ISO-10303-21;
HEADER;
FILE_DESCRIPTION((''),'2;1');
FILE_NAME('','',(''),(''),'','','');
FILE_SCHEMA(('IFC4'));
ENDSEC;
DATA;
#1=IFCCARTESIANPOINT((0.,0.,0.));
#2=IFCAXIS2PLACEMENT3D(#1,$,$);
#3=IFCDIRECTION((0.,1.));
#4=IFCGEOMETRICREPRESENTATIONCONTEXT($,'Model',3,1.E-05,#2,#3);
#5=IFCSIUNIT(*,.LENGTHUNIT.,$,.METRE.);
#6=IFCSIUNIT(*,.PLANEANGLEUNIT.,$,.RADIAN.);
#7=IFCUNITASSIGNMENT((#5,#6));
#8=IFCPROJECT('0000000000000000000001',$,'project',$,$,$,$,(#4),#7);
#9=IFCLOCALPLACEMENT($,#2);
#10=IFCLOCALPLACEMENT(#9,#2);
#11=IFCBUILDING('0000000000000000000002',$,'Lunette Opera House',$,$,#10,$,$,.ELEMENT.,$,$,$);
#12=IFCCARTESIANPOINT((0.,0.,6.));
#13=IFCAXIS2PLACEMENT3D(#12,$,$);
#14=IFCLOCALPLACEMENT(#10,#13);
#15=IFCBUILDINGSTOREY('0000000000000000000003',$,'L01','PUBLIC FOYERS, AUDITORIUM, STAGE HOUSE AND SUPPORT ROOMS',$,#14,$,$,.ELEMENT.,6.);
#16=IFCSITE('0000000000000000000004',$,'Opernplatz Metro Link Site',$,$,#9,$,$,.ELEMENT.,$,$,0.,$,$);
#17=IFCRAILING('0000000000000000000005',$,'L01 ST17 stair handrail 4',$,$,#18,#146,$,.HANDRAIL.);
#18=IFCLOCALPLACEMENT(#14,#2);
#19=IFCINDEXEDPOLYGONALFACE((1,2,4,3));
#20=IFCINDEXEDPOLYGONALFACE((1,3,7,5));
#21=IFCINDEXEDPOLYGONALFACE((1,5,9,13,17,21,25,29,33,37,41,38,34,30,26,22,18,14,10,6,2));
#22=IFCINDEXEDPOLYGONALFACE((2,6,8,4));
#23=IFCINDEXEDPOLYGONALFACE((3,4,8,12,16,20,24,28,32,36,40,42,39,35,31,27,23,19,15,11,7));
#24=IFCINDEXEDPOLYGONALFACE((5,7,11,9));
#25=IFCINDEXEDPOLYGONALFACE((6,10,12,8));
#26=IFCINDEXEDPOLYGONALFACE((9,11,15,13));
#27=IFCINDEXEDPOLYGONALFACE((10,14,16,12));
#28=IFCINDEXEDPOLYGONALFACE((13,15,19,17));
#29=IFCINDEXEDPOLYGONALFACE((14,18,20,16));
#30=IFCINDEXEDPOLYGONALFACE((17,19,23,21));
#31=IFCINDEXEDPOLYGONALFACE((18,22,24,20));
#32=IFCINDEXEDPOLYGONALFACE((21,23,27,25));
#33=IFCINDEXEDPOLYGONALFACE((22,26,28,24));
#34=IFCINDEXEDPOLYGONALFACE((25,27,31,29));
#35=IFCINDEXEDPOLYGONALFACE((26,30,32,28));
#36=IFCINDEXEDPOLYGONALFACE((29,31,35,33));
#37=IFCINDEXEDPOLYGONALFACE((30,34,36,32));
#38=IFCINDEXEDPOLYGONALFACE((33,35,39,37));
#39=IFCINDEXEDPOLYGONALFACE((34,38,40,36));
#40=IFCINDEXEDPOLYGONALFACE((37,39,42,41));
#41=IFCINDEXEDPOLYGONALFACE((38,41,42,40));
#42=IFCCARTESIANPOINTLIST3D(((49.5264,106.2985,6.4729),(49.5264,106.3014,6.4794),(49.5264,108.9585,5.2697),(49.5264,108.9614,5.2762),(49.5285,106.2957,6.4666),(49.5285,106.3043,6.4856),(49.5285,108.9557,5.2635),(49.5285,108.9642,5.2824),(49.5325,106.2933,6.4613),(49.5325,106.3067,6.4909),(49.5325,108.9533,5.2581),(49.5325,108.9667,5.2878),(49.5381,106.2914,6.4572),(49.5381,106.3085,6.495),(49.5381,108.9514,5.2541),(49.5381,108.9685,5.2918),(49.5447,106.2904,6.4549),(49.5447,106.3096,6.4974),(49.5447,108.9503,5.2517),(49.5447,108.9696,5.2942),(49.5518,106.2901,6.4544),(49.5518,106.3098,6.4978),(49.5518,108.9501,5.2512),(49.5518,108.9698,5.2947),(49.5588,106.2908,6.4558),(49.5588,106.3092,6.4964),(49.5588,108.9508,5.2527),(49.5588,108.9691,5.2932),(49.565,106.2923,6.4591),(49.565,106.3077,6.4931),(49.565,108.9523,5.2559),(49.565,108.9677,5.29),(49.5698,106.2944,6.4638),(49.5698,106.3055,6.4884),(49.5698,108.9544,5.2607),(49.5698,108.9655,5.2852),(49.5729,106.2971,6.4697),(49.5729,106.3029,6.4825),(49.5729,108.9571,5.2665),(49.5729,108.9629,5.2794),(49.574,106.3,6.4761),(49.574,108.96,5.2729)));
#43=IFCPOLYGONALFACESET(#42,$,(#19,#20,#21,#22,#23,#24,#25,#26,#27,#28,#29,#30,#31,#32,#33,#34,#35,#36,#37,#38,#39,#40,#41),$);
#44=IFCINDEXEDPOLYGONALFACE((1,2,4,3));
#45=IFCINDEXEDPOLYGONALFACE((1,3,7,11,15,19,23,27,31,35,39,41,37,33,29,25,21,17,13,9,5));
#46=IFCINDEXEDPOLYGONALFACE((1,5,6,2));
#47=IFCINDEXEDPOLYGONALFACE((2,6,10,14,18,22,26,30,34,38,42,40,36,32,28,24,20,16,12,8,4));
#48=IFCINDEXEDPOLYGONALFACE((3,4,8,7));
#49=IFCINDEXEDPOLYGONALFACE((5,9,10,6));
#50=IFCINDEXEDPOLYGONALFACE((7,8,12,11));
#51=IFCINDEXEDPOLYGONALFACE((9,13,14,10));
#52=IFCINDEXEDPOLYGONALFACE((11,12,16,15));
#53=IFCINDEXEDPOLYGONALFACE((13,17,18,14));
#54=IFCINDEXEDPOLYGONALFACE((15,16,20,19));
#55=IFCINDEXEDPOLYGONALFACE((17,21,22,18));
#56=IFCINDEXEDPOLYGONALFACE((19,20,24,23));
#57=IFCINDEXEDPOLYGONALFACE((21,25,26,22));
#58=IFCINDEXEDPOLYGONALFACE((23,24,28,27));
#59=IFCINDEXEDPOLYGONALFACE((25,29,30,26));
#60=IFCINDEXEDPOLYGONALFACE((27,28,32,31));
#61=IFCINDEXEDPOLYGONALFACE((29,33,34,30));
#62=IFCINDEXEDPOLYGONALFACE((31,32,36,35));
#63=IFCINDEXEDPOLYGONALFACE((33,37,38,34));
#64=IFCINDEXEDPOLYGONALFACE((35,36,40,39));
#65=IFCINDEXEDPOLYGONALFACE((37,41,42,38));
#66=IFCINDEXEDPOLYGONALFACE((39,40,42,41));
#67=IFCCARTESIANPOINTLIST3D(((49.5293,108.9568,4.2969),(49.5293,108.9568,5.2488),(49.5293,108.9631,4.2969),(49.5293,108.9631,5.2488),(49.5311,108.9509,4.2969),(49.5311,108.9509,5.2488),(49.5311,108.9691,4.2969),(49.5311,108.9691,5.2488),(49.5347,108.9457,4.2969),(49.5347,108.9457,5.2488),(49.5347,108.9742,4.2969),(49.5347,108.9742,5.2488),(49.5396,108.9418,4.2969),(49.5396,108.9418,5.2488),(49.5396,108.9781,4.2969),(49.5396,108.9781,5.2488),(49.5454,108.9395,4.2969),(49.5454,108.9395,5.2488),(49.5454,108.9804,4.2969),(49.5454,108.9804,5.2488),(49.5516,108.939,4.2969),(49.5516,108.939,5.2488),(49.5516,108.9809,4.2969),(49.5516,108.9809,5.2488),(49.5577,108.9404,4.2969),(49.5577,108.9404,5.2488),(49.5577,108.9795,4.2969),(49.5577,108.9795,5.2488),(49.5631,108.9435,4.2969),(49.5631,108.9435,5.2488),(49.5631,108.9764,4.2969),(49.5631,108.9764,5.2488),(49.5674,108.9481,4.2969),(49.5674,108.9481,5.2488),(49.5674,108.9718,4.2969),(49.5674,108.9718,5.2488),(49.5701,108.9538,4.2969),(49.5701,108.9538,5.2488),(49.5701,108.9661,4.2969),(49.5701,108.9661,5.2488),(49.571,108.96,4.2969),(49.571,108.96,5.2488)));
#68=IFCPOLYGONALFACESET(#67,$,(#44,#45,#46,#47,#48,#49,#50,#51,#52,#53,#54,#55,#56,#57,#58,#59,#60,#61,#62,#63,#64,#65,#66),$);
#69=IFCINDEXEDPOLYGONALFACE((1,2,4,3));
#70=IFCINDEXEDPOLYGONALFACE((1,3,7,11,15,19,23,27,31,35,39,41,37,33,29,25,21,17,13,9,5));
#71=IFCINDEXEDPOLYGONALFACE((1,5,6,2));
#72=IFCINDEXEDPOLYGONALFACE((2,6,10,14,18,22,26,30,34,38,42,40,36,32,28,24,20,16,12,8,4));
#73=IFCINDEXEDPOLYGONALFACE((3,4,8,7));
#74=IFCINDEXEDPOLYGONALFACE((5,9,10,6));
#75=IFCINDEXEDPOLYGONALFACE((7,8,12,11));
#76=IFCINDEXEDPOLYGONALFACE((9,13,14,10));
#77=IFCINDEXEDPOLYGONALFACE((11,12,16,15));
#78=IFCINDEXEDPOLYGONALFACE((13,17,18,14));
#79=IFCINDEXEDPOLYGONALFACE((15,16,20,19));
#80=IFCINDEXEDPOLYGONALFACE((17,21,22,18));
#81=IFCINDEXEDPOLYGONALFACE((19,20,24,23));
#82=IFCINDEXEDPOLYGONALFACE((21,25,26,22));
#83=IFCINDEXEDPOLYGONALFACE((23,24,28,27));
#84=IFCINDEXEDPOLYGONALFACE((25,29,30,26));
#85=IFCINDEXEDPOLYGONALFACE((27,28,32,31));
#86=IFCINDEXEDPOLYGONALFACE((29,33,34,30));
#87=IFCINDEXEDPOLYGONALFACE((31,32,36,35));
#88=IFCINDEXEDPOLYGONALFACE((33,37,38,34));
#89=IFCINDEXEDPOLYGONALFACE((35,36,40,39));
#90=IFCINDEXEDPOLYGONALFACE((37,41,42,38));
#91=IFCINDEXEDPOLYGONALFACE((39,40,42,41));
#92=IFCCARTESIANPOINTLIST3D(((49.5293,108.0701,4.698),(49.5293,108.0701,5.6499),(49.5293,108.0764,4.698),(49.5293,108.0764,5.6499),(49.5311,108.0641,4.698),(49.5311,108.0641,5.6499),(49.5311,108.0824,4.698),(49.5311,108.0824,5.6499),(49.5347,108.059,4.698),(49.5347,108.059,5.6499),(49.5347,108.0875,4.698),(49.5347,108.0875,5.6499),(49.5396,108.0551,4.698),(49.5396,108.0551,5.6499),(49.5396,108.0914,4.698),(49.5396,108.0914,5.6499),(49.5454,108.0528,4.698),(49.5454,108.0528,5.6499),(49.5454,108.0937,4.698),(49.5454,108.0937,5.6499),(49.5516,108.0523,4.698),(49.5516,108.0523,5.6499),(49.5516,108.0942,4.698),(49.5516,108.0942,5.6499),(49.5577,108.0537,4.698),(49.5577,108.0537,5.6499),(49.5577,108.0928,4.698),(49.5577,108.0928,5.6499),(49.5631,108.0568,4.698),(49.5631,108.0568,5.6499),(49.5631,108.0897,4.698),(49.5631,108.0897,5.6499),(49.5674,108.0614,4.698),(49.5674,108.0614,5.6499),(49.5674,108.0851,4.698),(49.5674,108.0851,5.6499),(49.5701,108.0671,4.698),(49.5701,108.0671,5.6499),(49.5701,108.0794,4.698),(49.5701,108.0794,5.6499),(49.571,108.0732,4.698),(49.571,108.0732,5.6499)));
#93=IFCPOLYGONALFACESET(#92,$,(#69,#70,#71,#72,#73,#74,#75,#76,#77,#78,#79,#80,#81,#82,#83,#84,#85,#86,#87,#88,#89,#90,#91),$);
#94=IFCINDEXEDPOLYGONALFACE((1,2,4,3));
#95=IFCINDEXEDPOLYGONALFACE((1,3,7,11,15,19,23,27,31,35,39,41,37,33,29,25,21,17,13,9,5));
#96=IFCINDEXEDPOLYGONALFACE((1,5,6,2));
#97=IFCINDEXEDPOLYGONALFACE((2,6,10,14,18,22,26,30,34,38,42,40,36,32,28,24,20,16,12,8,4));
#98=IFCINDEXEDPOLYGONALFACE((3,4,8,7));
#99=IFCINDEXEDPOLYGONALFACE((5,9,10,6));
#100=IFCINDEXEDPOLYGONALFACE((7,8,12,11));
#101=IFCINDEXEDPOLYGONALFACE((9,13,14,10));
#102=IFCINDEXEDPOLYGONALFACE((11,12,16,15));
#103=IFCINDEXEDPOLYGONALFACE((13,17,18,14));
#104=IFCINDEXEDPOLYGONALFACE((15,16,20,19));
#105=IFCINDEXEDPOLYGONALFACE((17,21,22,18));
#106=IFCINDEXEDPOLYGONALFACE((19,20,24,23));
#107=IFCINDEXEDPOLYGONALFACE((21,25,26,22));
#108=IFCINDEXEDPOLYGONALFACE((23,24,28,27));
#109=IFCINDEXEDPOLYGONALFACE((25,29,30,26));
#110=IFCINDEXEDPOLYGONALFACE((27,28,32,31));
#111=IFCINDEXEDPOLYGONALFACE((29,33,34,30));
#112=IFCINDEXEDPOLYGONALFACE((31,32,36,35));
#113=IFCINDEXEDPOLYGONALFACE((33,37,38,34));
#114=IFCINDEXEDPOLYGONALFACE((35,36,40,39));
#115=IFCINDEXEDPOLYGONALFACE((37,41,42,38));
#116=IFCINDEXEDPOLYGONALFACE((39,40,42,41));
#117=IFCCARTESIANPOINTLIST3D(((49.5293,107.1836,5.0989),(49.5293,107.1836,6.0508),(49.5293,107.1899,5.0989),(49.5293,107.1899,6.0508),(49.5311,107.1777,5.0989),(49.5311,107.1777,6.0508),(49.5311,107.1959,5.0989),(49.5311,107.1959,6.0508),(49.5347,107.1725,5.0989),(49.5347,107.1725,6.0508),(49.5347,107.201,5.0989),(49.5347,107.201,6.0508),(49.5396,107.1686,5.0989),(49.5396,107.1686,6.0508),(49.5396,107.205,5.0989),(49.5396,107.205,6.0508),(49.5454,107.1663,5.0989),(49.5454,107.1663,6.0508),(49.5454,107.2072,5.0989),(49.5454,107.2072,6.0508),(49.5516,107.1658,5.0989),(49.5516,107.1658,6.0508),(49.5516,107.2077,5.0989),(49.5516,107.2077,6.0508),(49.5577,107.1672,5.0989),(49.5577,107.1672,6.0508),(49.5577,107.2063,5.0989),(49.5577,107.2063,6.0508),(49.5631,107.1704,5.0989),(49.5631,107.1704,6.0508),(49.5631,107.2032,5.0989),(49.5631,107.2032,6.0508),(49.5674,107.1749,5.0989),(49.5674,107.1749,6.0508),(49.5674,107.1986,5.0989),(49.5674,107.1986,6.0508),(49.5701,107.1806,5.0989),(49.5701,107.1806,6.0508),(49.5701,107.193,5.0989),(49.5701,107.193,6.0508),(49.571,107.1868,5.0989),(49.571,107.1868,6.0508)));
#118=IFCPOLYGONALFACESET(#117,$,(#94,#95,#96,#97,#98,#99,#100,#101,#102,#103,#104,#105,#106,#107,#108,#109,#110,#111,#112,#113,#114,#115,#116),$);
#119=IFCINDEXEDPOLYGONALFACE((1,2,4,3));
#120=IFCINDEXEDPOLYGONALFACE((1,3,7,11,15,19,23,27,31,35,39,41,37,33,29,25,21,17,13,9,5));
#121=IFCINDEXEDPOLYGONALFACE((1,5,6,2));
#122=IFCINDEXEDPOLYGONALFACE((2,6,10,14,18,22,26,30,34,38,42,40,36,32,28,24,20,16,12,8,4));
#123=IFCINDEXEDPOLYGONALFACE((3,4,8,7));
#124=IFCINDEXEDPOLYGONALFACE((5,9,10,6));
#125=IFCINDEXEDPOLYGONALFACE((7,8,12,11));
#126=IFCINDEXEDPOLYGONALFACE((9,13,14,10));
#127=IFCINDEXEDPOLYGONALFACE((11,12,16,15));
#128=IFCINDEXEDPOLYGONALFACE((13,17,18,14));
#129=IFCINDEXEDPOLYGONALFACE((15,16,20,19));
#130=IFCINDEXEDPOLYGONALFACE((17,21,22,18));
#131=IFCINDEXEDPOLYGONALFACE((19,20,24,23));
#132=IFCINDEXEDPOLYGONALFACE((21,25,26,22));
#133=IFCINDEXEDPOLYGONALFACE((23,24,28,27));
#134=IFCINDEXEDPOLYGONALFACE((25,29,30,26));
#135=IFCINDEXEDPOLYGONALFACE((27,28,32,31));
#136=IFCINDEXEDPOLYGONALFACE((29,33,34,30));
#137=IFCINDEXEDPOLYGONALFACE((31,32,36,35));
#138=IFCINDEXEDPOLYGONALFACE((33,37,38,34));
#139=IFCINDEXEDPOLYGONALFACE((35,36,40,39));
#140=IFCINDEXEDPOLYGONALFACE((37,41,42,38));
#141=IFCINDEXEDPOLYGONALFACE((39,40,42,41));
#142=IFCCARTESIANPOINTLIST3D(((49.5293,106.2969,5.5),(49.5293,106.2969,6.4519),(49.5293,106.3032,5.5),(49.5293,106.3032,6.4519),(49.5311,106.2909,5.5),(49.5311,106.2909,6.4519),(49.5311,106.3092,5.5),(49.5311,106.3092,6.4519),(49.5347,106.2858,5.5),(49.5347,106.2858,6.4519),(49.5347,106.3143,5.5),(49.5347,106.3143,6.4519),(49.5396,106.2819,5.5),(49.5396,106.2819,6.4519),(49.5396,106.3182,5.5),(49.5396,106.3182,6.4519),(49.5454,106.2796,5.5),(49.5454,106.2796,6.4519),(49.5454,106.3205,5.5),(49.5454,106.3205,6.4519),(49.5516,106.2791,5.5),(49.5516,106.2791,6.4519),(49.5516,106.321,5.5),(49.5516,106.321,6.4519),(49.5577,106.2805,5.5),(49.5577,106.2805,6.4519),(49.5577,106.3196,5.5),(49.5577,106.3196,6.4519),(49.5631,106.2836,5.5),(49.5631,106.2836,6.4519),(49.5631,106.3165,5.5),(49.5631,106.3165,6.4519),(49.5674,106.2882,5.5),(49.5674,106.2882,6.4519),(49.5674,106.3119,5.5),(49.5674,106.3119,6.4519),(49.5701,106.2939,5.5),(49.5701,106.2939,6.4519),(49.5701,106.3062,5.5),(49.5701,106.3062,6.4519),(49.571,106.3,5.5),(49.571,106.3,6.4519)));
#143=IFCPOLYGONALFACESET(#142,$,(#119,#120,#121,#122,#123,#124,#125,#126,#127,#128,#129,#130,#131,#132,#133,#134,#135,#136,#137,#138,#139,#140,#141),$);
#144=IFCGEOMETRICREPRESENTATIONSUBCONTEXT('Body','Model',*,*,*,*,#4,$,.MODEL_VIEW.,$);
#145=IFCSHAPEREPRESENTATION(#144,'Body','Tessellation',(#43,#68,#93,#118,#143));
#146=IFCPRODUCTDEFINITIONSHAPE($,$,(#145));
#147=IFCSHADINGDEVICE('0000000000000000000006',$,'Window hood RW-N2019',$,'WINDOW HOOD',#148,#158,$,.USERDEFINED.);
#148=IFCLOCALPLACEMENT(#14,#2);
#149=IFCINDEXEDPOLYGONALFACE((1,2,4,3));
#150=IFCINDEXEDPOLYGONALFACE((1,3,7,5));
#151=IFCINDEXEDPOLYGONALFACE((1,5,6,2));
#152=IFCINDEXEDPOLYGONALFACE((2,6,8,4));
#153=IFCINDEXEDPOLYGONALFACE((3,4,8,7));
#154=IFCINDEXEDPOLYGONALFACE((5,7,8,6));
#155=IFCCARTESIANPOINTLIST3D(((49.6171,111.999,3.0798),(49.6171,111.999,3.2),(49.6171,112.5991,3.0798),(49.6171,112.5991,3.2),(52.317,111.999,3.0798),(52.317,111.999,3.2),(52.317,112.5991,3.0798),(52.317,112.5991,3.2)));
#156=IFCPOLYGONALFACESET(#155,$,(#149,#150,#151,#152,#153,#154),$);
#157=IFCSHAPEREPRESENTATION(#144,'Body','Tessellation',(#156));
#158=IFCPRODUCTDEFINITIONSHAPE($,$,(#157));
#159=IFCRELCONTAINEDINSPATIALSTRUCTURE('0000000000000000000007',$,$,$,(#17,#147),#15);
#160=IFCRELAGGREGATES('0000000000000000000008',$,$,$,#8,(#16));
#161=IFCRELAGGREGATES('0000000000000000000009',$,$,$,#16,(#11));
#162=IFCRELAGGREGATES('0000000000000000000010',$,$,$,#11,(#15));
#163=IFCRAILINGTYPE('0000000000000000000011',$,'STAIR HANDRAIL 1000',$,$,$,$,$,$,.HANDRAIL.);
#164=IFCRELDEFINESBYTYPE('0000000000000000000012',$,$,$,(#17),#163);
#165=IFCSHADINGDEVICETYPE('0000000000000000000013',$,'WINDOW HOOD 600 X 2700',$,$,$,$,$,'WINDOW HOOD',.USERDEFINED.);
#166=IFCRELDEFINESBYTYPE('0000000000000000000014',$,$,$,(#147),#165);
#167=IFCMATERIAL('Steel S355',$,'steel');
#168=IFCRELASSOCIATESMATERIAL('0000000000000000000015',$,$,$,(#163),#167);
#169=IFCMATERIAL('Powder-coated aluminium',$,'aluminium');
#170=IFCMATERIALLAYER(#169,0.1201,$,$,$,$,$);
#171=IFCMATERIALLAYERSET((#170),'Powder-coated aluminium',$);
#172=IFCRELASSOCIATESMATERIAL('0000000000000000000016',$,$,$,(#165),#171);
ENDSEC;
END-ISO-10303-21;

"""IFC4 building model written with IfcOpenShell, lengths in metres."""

from ifc_helpers import new_model, si_unit, direction, frame, origin, origin_2d, place, context, subcontext, project, spatial, rectangle, circle, extrude, material, layer, layer_set, type_object, element, save


model = new_model("IFC4")

# Units and contexts
model_context = context("Model", 3, precision=1e-05, world=origin(), true_north=direction((0.0, 1.0)))
body_context = subcontext(model_context, "Body", "Model", "MODEL_VIEW")
ifc_project = project(units=[si_unit("LENGTHUNIT", "METRE"), si_unit("PLANEANGLEUNIT", "RADIAN")], contexts=[model_context])

# Site, building, storey
site_placement = place(None, origin())
site = spatial("IfcSite", under=ifc_project, at=site_placement, Name="Opernplatz Metro Link Site", CompositionType="ELEMENT", RefElevation=0.0)
building_placement = place(site_placement, origin())
building = spatial("IfcBuilding", under=site, at=building_placement, Name="Lunette Opera House", CompositionType="ELEMENT")
storey_placement = place(building_placement, frame((0.0, 0.0, 6.0)))
storey = spatial("IfcBuildingStorey", under=building, at=storey_placement, Name="L01", Description="PUBLIC FOYERS, AUDITORIUM, STAGE HOUSE AND SUPPORT ROOMS", CompositionType="ELEMENT", Elevation=6.0)

# Railing
ifc_material_1 = material(Name="Steel S355", Category="steel")
railing_type_1 = type_object("IfcRailingType", Name="STAIR HANDRAIL 1000", PredefinedType="HANDRAIL", material=ifc_material_1)
railing_1_placement = place(storey_placement, frame((49.55, 108.96, 4.2969)))
element("IfcRailing", 1, at=railing_1_placement, inside=storey, type_object=railing_type_1, Name="L01 ST17 stair handrail 4", PredefinedType="HANDRAIL", context=body_context, shape_type="SweptSolid", body=[
    extrude(circle(Radius=0.0239, at=origin_2d()), frame((0.0, 0.0, 0.9761), z_axis=(0.0, -0.91113, 0.41212), x_axis=(1.0, 0.0, 0.0)), (0.0, 0.0, 1.0), 2.9194),
    extrude(circle(Radius=0.021, at=origin_2d()), origin(), (0.0, 0.0, 1.0), 0.9519),
    extrude(circle(Radius=0.021, at=origin_2d()), frame((0.0, -0.8867, 0.4011)), (0.0, 0.0, 1.0), 0.9519),
    extrude(circle(Radius=0.021, at=origin_2d()), frame((0.0, -1.7732, 0.802)), (0.0, 0.0, 1.0), 0.9519),
    extrude(circle(Radius=0.021, at=origin_2d()), frame((0.0, -2.6599, 1.2031)), (0.0, 0.0, 1.0), 0.9519),
])

# Shading device
ifc_material_2 = material(Name="Powder-coated aluminium", Category="aluminium")
ifc_layer_1 = layer(ifc_material_2, 0.1201)
ifc_layer_set_1 = layer_set([ifc_layer_1], Name="Powder-coated aluminium")
shading_device_type = type_object("IfcShadingDeviceType", Name="WINDOW HOOD 600 X 2700", ElementType="WINDOW HOOD", PredefinedType="USERDEFINED", material=ifc_layer_set_1)
shading_device_placement = place(storey_placement, frame((50.967, 112.2991, 3.0798), z_axis=(0.0, 0.0, 1.0), x_axis=(0.0, 1.0, 0.0)))
element("IfcShadingDevice", 2, at=shading_device_placement, inside=storey, type_object=shading_device_type, Name="Window hood RW-N2019", ObjectType="WINDOW HOOD", PredefinedType="USERDEFINED", context=body_context, shape_type="SweptSolid", body=[
    extrude(rectangle(XDim=0.6001, YDim=2.7, at=origin_2d()), origin(), (0.0, 0.0, 1.0), 0.1201),
])

save(model, "model.ifc")
